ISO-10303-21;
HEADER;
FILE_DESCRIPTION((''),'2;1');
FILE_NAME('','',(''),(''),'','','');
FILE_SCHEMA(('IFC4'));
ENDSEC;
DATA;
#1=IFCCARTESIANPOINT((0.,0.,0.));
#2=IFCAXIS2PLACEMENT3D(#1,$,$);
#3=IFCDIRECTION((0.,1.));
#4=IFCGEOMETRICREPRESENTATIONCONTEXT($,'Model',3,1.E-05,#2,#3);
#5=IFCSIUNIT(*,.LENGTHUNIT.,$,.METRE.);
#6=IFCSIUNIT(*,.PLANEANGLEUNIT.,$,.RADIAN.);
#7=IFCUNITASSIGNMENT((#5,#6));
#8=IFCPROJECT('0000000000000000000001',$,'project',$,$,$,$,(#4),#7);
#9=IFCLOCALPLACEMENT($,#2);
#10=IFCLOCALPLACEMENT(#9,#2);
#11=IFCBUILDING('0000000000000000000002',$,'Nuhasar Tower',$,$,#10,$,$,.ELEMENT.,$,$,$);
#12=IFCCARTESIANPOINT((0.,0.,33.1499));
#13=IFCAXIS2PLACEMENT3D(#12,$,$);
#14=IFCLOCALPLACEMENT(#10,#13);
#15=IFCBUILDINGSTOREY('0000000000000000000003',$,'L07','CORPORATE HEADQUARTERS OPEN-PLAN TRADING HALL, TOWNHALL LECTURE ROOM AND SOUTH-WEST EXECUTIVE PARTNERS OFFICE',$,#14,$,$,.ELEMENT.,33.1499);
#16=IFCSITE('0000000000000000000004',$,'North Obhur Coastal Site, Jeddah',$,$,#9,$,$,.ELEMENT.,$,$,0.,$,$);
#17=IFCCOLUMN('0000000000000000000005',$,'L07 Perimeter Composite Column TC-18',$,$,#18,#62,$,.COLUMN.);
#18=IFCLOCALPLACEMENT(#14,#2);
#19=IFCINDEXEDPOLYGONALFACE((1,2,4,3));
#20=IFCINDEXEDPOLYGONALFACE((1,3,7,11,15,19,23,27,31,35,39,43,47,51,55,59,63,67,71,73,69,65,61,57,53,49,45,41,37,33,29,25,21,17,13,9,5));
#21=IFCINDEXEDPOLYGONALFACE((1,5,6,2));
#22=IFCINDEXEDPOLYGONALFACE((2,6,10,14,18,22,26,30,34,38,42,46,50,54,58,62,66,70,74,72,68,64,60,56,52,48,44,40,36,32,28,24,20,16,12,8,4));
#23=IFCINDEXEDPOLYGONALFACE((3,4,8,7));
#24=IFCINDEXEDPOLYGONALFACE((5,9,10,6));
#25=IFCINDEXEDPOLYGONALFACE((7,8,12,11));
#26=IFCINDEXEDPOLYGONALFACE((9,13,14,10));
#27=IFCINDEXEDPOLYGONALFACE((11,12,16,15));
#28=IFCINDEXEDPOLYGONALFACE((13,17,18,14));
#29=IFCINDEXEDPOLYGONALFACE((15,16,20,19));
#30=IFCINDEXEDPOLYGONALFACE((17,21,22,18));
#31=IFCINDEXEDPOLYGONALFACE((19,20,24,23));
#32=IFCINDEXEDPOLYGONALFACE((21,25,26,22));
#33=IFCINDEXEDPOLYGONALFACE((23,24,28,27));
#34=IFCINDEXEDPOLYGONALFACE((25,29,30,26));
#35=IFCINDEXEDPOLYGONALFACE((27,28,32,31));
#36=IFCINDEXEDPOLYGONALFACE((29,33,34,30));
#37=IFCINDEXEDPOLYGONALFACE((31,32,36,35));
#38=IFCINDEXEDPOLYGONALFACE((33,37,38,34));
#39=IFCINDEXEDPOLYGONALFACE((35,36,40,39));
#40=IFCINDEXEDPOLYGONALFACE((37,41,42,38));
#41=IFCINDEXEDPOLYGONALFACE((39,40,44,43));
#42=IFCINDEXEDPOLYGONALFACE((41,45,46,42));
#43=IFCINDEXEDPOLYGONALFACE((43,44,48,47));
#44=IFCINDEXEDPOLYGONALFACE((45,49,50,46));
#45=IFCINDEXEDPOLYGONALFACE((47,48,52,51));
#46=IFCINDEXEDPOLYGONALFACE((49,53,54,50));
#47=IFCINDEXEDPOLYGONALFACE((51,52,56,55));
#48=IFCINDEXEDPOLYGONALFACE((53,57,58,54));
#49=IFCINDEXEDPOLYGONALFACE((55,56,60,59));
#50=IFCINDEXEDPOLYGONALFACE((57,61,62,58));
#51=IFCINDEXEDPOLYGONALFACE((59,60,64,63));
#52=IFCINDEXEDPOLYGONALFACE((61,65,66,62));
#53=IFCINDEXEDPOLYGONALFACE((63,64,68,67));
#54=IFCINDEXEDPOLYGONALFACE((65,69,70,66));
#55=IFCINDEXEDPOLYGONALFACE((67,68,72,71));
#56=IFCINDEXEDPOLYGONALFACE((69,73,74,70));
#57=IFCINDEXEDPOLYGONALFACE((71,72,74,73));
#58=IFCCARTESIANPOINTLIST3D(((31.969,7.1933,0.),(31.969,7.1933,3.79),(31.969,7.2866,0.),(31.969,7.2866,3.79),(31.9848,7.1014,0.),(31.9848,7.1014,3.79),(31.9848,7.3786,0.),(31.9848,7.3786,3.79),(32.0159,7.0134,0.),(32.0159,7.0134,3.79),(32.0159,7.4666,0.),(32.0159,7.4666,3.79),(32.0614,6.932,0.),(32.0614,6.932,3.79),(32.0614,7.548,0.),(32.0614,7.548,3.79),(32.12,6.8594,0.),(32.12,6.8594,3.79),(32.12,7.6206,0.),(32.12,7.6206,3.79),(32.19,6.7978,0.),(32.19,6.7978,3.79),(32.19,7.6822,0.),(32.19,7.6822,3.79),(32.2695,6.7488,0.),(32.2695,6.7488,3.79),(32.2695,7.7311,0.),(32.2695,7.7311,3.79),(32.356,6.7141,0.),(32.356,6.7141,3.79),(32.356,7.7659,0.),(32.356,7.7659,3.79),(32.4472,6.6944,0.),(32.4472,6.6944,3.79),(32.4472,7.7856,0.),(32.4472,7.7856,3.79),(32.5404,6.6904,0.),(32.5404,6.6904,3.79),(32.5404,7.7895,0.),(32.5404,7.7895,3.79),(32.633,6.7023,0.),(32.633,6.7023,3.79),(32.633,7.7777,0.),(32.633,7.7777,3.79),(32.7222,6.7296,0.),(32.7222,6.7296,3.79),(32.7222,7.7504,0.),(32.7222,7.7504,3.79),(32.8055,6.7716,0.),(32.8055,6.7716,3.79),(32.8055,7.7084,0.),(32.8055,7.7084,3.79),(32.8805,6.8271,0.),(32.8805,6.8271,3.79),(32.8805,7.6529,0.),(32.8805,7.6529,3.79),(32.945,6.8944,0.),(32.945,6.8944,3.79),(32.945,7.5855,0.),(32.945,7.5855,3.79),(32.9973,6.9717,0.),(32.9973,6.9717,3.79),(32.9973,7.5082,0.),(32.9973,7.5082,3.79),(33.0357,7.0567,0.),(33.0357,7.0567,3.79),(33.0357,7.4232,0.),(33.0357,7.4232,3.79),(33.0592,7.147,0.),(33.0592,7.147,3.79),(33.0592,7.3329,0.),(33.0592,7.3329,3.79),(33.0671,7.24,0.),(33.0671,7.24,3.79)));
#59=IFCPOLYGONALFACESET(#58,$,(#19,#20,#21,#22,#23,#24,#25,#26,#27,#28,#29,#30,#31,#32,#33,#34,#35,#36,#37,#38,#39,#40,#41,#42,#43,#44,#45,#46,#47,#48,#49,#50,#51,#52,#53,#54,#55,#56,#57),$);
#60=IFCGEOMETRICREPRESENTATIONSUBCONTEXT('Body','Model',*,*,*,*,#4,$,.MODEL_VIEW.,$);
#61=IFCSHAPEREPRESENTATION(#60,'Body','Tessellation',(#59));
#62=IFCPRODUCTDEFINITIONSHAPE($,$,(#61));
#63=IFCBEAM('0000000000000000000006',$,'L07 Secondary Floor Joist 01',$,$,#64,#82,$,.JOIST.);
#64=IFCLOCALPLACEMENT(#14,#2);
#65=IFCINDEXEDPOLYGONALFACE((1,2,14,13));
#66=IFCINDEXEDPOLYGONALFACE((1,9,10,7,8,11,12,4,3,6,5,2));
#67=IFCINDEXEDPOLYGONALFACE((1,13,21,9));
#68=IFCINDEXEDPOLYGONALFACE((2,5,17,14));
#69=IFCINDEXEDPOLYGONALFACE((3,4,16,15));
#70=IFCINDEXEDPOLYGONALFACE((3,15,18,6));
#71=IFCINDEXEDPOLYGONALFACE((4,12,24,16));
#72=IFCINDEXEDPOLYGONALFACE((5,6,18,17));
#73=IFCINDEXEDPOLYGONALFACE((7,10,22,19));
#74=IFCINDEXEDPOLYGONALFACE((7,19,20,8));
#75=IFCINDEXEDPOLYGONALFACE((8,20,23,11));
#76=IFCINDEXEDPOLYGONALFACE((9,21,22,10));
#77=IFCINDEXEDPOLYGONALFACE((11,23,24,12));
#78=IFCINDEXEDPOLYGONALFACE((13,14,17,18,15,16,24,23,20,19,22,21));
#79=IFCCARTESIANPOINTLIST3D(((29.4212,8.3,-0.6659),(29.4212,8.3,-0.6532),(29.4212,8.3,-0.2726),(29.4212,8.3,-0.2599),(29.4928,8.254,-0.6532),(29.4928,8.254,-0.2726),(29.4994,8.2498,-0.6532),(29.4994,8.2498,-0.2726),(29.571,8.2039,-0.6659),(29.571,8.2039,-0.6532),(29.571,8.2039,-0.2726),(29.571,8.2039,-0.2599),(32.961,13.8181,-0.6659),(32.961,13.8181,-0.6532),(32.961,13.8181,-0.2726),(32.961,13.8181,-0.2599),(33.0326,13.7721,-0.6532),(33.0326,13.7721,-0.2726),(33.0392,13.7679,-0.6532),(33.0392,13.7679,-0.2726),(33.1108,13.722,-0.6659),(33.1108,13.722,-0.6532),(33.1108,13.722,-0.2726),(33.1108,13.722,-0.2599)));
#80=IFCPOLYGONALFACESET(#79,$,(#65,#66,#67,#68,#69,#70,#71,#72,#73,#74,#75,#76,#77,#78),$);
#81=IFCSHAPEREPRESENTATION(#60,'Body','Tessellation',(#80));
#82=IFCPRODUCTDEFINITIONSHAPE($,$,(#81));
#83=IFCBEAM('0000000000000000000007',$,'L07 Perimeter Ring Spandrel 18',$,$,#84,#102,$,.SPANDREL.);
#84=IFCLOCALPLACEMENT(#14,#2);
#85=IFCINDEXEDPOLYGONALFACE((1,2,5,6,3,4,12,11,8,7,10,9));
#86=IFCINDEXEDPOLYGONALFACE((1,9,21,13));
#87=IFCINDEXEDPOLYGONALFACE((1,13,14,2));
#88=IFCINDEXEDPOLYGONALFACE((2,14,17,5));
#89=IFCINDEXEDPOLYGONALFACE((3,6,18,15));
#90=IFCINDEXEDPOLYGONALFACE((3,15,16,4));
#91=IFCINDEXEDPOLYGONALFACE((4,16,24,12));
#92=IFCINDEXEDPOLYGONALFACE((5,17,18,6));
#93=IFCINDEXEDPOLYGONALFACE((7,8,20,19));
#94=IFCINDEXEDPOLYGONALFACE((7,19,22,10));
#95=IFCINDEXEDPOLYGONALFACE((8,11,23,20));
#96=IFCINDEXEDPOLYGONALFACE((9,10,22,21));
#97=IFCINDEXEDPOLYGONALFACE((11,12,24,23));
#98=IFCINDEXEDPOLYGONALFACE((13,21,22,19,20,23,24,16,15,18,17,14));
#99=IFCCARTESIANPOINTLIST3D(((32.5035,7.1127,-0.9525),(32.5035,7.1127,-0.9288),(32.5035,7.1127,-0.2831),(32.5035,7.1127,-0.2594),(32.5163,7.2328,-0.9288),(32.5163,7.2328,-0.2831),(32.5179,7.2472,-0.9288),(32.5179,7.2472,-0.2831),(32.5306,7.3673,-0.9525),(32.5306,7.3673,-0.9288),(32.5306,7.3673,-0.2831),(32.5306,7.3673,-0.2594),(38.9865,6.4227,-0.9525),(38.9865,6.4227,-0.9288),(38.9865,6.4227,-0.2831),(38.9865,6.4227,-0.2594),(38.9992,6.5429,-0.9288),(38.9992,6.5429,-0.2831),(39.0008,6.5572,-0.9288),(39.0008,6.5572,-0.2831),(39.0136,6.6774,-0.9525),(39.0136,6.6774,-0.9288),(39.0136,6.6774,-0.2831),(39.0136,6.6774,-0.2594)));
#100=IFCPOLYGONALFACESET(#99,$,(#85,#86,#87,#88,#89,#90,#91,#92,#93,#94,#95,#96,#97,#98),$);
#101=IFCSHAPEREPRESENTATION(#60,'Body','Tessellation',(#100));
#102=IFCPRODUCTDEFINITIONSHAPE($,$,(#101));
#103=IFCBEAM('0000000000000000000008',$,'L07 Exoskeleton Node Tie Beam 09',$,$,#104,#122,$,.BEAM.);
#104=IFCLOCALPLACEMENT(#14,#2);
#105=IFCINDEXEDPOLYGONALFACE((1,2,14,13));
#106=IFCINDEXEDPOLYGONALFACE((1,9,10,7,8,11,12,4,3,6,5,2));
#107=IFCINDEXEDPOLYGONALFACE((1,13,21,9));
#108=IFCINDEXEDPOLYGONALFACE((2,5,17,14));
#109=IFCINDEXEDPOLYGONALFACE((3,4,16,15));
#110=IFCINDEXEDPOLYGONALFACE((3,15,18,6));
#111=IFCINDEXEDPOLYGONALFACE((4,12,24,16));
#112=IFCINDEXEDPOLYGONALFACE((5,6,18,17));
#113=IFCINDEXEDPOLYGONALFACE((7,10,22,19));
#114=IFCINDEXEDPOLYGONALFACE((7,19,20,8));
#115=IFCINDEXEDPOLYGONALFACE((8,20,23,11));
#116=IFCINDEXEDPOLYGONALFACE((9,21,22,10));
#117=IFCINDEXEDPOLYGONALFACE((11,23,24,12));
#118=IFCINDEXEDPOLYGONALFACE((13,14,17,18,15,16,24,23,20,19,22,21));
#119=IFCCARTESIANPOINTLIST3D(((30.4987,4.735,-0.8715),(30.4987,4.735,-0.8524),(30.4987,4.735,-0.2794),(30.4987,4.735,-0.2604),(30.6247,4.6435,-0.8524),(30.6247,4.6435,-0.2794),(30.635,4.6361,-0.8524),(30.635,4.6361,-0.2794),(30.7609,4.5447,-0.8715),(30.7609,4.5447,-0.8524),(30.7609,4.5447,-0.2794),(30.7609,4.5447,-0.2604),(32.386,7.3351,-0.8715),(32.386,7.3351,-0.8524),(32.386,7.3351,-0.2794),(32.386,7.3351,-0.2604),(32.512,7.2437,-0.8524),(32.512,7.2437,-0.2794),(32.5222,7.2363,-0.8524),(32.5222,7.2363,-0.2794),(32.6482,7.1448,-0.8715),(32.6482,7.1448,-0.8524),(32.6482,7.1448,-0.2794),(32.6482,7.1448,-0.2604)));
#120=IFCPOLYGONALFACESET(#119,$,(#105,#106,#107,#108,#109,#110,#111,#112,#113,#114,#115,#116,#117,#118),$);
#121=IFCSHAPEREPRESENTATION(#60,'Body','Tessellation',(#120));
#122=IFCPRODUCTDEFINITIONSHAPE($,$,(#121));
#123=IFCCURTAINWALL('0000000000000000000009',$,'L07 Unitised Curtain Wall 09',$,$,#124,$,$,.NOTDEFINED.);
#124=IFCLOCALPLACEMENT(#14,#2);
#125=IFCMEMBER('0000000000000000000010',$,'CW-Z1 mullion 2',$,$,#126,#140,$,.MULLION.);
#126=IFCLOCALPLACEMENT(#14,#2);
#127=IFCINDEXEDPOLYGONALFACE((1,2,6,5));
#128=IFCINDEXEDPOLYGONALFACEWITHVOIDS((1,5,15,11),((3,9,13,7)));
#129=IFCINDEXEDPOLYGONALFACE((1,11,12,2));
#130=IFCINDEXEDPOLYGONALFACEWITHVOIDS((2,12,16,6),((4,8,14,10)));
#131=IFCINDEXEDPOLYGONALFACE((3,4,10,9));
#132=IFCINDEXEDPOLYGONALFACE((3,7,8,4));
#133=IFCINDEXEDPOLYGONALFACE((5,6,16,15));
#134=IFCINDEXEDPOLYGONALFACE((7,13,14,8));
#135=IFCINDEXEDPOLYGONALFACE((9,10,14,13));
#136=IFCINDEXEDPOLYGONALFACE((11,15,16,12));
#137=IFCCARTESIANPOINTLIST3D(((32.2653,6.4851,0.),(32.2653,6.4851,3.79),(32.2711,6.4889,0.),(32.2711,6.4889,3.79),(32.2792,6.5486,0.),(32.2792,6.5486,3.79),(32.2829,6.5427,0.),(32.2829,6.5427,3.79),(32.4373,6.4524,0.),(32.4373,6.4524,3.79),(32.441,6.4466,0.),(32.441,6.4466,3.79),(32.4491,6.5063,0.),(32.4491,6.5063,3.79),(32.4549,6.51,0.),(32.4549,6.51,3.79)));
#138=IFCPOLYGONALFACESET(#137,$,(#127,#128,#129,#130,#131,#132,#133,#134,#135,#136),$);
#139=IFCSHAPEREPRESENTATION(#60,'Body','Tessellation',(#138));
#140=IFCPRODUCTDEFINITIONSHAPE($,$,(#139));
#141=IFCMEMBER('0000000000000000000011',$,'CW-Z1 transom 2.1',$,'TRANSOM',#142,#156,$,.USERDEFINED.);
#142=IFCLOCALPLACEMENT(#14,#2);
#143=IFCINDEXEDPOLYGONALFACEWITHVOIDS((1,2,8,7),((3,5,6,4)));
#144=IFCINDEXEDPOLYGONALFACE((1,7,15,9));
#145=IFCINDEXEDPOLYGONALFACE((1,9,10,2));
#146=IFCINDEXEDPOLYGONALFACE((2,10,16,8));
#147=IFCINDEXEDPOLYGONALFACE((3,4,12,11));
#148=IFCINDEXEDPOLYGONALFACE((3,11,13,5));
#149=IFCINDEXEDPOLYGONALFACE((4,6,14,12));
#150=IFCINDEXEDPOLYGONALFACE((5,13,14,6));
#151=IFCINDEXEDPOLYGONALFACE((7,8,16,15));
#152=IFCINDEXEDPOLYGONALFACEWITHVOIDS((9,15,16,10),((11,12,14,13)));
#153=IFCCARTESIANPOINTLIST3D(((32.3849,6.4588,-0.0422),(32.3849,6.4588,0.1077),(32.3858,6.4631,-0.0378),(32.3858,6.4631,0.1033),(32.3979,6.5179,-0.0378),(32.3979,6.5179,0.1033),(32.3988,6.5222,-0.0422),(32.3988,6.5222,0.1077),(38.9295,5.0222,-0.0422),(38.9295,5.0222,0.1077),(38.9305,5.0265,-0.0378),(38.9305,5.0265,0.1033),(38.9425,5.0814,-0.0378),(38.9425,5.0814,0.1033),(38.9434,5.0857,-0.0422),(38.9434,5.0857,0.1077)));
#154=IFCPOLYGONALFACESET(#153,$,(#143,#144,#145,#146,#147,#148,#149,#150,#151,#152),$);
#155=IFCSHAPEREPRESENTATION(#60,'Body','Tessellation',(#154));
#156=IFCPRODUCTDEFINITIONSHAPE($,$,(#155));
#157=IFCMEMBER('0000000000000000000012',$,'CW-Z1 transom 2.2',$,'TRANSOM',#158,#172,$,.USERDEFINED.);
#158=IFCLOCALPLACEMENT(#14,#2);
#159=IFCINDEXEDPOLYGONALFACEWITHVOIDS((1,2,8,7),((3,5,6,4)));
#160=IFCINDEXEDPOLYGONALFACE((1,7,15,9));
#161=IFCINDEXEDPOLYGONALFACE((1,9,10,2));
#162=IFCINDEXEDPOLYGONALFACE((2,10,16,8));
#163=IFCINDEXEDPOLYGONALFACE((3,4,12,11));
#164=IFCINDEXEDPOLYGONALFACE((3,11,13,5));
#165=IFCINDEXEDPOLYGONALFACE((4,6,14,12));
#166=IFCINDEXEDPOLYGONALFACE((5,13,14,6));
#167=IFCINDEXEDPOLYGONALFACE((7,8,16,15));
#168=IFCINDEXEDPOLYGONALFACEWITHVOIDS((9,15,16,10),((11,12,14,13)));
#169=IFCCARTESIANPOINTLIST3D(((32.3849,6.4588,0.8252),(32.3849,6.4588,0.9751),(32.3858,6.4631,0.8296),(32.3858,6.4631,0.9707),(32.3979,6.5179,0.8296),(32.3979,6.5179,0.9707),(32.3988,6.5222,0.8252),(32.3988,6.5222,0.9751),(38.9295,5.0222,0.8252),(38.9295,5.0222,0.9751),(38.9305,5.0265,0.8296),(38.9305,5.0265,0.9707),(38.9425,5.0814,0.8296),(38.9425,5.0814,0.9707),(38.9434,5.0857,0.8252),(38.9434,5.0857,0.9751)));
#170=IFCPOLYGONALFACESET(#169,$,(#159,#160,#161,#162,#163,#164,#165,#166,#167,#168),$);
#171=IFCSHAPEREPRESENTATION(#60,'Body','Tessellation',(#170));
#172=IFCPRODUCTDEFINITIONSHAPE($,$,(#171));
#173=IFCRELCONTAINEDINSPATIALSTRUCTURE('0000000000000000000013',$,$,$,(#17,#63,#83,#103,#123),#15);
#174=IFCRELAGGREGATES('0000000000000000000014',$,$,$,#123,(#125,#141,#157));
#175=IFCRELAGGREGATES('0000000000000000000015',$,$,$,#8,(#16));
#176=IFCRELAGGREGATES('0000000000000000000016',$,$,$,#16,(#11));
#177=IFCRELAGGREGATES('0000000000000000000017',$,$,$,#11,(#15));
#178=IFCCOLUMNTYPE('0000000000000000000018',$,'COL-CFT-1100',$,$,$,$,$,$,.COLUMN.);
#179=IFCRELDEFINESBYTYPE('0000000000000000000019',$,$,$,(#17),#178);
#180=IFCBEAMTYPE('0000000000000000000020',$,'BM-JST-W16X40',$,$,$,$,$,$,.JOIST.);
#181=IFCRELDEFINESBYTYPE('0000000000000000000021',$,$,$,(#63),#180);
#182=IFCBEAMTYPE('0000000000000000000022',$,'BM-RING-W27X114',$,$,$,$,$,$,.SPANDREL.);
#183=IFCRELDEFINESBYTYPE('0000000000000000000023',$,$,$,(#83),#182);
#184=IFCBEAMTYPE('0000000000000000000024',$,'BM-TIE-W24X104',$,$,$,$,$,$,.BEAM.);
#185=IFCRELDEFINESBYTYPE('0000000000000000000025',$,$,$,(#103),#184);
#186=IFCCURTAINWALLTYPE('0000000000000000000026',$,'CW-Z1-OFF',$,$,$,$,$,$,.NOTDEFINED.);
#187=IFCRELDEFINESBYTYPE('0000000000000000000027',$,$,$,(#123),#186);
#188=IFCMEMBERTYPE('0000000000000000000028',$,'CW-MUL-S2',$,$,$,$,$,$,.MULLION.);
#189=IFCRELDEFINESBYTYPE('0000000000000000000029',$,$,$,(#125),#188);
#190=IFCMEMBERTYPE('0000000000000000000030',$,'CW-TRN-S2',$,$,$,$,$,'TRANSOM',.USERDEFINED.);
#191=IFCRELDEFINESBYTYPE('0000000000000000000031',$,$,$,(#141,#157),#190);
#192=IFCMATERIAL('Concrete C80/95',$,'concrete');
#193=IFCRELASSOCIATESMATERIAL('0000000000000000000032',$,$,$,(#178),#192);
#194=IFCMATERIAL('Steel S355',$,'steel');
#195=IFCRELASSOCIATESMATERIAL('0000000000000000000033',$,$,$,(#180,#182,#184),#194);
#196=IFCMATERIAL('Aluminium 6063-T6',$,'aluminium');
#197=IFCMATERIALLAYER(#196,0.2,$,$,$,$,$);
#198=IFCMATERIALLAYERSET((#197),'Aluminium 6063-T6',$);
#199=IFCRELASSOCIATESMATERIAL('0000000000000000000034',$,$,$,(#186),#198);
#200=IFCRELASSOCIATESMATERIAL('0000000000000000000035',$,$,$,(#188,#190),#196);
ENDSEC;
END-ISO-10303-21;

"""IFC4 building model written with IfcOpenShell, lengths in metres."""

from ifc_helpers import new_model, si_unit, direction, frame, origin, origin_2d, place, context, subcontext, project, spatial, hollow_rectangle, circle, i_section, extrude, material, layer, layer_set, material_profile, profile_set, type_object, element, aggregate, save


model = new_model("IFC4")

# Units and contexts
model_context = context("Model", 3, precision=1e-05, world=origin(), true_north=direction((0.0, 1.0)))
body_context = subcontext(model_context, "Body", "Model", "MODEL_VIEW")
ifc_project = project(units=[si_unit("LENGTHUNIT", "METRE"), si_unit("PLANEANGLEUNIT", "RADIAN")], contexts=[model_context])

# Site, building, storey
site_placement = place(None, origin())
site = spatial("IfcSite", under=ifc_project, at=site_placement, Name="North Obhur Coastal Site, Jeddah", CompositionType="ELEMENT", RefElevation=0.0)
building_placement = place(site_placement, origin())
building = spatial("IfcBuilding", under=site, at=building_placement, Name="Nuhasar Tower", CompositionType="ELEMENT")
storey_placement = place(building_placement, frame((0.0, 0.0, 33.1499)))
storey = spatial("IfcBuildingStorey", under=building, at=storey_placement, Name="L07", Description="CORPORATE HEADQUARTERS OPEN-PLAN TRADING HALL, TOWNHALL LECTURE ROOM AND SOUTH-WEST EXECUTIVE PARTNERS OFFICE", CompositionType="ELEMENT", Elevation=33.1499)

# Column
ifc_material_1 = material(Name="Concrete C80/95", Category="concrete")
ifc_material_profile_1 = material_profile(ifc_material_1, circle(Radius=0.55, at=origin_2d()), Name="CFT1100")
ifc_profile_set_1 = profile_set([ifc_material_profile_1], Name="Concrete C80/95")
column_type = type_object("IfcColumnType", Name="COL-CFT-1100", PredefinedType="COLUMN", material=ifc_profile_set_1)
column_placement = place(storey_placement, frame((32.5171, 7.24, 0.0), z_axis=(0.0, 0.0, 1.0), x_axis=(1.0, 0.0, 0.0)))
element("IfcColumn", 1, at=column_placement, inside=storey, type_object=column_type, Name="L07 Perimeter Composite Column TC-18", PredefinedType="COLUMN", context=body_context, shape_type="SweptSolid", body=[
    extrude(circle(Radius=0.55, at=origin_2d()), origin(), (0.0, 0.0, 1.0), 3.79),
])

# Beams
ifc_material_2 = material(Name="Steel S355", Category="steel")
ifc_material_profile_2 = material_profile(ifc_material_2, i_section(OverallWidth=0.178, OverallDepth=0.406, WebThickness=0.0078, FlangeThickness=0.0127, at=origin_2d()), Name="W16X40")
ifc_profile_set_2 = profile_set([ifc_material_profile_2], Name="Steel S355")
beam_type_1 = type_object("IfcBeamType", Name="BM-JST-W16X40", PredefinedType="JOIST", material=ifc_profile_set_2)
beam_1_placement = place(storey_placement, frame((33.0359, 13.77, -0.4629), z_axis=(-0.539944, -0.841701, 0.0), x_axis=(0.841701, -0.539944, 0.0)))
element("IfcBeam", 2, at=beam_1_placement, inside=storey, type_object=beam_type_1, Name="L07 Secondary Floor Joist 01", PredefinedType="JOIST", context=body_context, shape_type="SweptSolid", body=[
    extrude(i_section(OverallWidth=0.178, OverallDepth=0.406, WebThickness=0.0078, FlangeThickness=0.0127, at=origin_2d()), origin(), (0.0, 0.0, 1.0), 6.5559),
])
ifc_material_profile_3 = material_profile(ifc_material_2, i_section(OverallWidth=0.2561, OverallDepth=0.6931, WebThickness=0.0144, FlangeThickness=0.0237, at=origin_2d()), Name="W27X114")
ifc_profile_set_3 = profile_set([ifc_material_profile_3], Name="Steel S355")
beam_type_2 = type_object("IfcBeamType", Name="BM-RING-W27X114", PredefinedType="SPANDREL", material=ifc_profile_set_3)
beam_2_placement = place(storey_placement, frame((32.5171, 7.24, -0.606), z_axis=(0.994385, -0.105827, 0.0), x_axis=(0.105827, 0.994385, 0.0)))
element("IfcBeam", 3, at=beam_2_placement, inside=storey, type_object=beam_type_2, Name="L07 Perimeter Ring Spandrel 18", PredefinedType="SPANDREL", context=body_context, shape_type="SweptSolid", body=[
    extrude(i_section(OverallWidth=0.2561, OverallDepth=0.6931, WebThickness=0.0144, FlangeThickness=0.0237, at=origin_2d()), origin(), (0.0, 0.0, 1.0), 6.5195),
])
ifc_material_profile_4 = material_profile(ifc_material_2, i_section(OverallWidth=0.324, OverallDepth=0.6111, WebThickness=0.0127, FlangeThickness=0.019, at=origin_2d()), Name="W24X104")
ifc_profile_set_4 = profile_set([ifc_material_profile_4], Name="Steel S355")
beam_type_3 = type_object("IfcBeamType", Name="BM-TIE-W24X104", PredefinedType="BEAM", material=ifc_profile_set_4)
beam_3_placement = place(storey_placement, frame((32.5171, 7.24, -0.5659), z_axis=(-0.587403, -0.809294, 0.0), x_axis=(0.809294, -0.587403, 0.0)))
element("IfcBeam", 4, at=beam_3_placement, inside=storey, type_object=beam_type_3, Name="L07 Exoskeleton Node Tie Beam 09", PredefinedType="BEAM", context=body_context, shape_type="SweptSolid", body=[
    extrude(i_section(OverallWidth=0.324, OverallDepth=0.6111, WebThickness=0.0127, FlangeThickness=0.019, at=origin_2d()), origin(), (0.0, 0.0, 1.0), 3.2129),
])

# Curtain wall, members
ifc_material_3 = material(Name="Aluminium 6063-T6", Category="aluminium")
ifc_layer_1 = layer(ifc_material_3, 0.2)
ifc_layer_set_1 = layer_set([ifc_layer_1], Name="Aluminium 6063-T6")
curtain_wall_type = type_object("IfcCurtainWallType", Name="CW-Z1-OFF", PredefinedType="NOTDEFINED", material=ifc_layer_set_1)
curtain_wall_placement = place(storey_placement, origin())
curtain_wall = element("IfcCurtainWall", 5, at=curtain_wall_placement, inside=storey, type_object=curtain_wall_type, Name="L07 Unitised Curtain Wall 09", PredefinedType="NOTDEFINED")
ifc_material_profile_5 = material_profile(ifc_material_3, hollow_rectangle(XDim=0.0649, YDim=0.1799, WallThickness=0.0049, at=origin_2d()), Name="CWM-2")
ifc_profile_set_5 = profile_set([ifc_material_profile_5], Name="Aluminium 6063-T6")
member_type_1 = type_object("IfcMemberType", Name="CW-MUL-S2", PredefinedType="MULLION", material=ifc_profile_set_5)
member_1_placement = place(storey_placement, frame((32.3601, 6.4976, 0.0), z_axis=(0.0, 0.0, 1.0), x_axis=(0.214399, 0.976746, 0.0)))
member_1 = element("IfcMember", 6, at=member_1_placement, type_object=member_type_1, Name="CW-Z1 mullion 2", PredefinedType="MULLION", context=body_context, shape_type="SweptSolid", body=[
    extrude(hollow_rectangle(XDim=0.0649, YDim=0.1799, WallThickness=0.0049, at=origin_2d()), origin(), (0.0, 0.0, 1.0), 3.79),
])
ifc_material_profile_6 = material_profile(ifc_material_3, hollow_rectangle(XDim=0.0649, YDim=0.1499, WallThickness=0.0044, at=origin_2d()), Name="CWT-2")
ifc_profile_set_6 = profile_set([ifc_material_profile_6], Name="Aluminium 6063-T6")
member_type_2 = type_object("IfcMemberType", Name="CW-TRN-S2", ElementType="TRANSOM", PredefinedType="USERDEFINED", material=ifc_profile_set_6)
member_2_placement = place(storey_placement, frame((32.3918, 6.4905, 0.0327), z_axis=(0.976748, -0.214391, 0.0), x_axis=(0.214391, 0.976748, 0.0)))
member_2 = element("IfcMember", 7, at=member_2_placement, type_object=member_type_2, Name="CW-Z1 transom 2.1", ObjectType="TRANSOM", PredefinedType="USERDEFINED", context=body_context, shape_type="SweptSolid", body=[
    extrude(hollow_rectangle(XDim=0.0649, YDim=0.1499, WallThickness=0.0044, at=origin_2d()), origin(), (0.0, 0.0, 1.0), 6.7004),
])
member_3_placement = place(storey_placement, frame((32.3918, 6.4905, 0.9001), z_axis=(0.976748, -0.214391, 0.0), x_axis=(0.214391, 0.976748, 0.0)))
member_3 = element("IfcMember", 8, at=member_3_placement, type_object=member_type_2, Name="CW-Z1 transom 2.2", ObjectType="TRANSOM", PredefinedType="USERDEFINED", context=body_context, shape_type="SweptSolid", body=[
    extrude(hollow_rectangle(XDim=0.0649, YDim=0.1499, WallThickness=0.0044, at=origin_2d()), origin(), (0.0, 0.0, 1.0), 6.7004),
])

aggregate(curtain_wall, [member_1, member_2, member_3])

save(model, "model.ifc")
